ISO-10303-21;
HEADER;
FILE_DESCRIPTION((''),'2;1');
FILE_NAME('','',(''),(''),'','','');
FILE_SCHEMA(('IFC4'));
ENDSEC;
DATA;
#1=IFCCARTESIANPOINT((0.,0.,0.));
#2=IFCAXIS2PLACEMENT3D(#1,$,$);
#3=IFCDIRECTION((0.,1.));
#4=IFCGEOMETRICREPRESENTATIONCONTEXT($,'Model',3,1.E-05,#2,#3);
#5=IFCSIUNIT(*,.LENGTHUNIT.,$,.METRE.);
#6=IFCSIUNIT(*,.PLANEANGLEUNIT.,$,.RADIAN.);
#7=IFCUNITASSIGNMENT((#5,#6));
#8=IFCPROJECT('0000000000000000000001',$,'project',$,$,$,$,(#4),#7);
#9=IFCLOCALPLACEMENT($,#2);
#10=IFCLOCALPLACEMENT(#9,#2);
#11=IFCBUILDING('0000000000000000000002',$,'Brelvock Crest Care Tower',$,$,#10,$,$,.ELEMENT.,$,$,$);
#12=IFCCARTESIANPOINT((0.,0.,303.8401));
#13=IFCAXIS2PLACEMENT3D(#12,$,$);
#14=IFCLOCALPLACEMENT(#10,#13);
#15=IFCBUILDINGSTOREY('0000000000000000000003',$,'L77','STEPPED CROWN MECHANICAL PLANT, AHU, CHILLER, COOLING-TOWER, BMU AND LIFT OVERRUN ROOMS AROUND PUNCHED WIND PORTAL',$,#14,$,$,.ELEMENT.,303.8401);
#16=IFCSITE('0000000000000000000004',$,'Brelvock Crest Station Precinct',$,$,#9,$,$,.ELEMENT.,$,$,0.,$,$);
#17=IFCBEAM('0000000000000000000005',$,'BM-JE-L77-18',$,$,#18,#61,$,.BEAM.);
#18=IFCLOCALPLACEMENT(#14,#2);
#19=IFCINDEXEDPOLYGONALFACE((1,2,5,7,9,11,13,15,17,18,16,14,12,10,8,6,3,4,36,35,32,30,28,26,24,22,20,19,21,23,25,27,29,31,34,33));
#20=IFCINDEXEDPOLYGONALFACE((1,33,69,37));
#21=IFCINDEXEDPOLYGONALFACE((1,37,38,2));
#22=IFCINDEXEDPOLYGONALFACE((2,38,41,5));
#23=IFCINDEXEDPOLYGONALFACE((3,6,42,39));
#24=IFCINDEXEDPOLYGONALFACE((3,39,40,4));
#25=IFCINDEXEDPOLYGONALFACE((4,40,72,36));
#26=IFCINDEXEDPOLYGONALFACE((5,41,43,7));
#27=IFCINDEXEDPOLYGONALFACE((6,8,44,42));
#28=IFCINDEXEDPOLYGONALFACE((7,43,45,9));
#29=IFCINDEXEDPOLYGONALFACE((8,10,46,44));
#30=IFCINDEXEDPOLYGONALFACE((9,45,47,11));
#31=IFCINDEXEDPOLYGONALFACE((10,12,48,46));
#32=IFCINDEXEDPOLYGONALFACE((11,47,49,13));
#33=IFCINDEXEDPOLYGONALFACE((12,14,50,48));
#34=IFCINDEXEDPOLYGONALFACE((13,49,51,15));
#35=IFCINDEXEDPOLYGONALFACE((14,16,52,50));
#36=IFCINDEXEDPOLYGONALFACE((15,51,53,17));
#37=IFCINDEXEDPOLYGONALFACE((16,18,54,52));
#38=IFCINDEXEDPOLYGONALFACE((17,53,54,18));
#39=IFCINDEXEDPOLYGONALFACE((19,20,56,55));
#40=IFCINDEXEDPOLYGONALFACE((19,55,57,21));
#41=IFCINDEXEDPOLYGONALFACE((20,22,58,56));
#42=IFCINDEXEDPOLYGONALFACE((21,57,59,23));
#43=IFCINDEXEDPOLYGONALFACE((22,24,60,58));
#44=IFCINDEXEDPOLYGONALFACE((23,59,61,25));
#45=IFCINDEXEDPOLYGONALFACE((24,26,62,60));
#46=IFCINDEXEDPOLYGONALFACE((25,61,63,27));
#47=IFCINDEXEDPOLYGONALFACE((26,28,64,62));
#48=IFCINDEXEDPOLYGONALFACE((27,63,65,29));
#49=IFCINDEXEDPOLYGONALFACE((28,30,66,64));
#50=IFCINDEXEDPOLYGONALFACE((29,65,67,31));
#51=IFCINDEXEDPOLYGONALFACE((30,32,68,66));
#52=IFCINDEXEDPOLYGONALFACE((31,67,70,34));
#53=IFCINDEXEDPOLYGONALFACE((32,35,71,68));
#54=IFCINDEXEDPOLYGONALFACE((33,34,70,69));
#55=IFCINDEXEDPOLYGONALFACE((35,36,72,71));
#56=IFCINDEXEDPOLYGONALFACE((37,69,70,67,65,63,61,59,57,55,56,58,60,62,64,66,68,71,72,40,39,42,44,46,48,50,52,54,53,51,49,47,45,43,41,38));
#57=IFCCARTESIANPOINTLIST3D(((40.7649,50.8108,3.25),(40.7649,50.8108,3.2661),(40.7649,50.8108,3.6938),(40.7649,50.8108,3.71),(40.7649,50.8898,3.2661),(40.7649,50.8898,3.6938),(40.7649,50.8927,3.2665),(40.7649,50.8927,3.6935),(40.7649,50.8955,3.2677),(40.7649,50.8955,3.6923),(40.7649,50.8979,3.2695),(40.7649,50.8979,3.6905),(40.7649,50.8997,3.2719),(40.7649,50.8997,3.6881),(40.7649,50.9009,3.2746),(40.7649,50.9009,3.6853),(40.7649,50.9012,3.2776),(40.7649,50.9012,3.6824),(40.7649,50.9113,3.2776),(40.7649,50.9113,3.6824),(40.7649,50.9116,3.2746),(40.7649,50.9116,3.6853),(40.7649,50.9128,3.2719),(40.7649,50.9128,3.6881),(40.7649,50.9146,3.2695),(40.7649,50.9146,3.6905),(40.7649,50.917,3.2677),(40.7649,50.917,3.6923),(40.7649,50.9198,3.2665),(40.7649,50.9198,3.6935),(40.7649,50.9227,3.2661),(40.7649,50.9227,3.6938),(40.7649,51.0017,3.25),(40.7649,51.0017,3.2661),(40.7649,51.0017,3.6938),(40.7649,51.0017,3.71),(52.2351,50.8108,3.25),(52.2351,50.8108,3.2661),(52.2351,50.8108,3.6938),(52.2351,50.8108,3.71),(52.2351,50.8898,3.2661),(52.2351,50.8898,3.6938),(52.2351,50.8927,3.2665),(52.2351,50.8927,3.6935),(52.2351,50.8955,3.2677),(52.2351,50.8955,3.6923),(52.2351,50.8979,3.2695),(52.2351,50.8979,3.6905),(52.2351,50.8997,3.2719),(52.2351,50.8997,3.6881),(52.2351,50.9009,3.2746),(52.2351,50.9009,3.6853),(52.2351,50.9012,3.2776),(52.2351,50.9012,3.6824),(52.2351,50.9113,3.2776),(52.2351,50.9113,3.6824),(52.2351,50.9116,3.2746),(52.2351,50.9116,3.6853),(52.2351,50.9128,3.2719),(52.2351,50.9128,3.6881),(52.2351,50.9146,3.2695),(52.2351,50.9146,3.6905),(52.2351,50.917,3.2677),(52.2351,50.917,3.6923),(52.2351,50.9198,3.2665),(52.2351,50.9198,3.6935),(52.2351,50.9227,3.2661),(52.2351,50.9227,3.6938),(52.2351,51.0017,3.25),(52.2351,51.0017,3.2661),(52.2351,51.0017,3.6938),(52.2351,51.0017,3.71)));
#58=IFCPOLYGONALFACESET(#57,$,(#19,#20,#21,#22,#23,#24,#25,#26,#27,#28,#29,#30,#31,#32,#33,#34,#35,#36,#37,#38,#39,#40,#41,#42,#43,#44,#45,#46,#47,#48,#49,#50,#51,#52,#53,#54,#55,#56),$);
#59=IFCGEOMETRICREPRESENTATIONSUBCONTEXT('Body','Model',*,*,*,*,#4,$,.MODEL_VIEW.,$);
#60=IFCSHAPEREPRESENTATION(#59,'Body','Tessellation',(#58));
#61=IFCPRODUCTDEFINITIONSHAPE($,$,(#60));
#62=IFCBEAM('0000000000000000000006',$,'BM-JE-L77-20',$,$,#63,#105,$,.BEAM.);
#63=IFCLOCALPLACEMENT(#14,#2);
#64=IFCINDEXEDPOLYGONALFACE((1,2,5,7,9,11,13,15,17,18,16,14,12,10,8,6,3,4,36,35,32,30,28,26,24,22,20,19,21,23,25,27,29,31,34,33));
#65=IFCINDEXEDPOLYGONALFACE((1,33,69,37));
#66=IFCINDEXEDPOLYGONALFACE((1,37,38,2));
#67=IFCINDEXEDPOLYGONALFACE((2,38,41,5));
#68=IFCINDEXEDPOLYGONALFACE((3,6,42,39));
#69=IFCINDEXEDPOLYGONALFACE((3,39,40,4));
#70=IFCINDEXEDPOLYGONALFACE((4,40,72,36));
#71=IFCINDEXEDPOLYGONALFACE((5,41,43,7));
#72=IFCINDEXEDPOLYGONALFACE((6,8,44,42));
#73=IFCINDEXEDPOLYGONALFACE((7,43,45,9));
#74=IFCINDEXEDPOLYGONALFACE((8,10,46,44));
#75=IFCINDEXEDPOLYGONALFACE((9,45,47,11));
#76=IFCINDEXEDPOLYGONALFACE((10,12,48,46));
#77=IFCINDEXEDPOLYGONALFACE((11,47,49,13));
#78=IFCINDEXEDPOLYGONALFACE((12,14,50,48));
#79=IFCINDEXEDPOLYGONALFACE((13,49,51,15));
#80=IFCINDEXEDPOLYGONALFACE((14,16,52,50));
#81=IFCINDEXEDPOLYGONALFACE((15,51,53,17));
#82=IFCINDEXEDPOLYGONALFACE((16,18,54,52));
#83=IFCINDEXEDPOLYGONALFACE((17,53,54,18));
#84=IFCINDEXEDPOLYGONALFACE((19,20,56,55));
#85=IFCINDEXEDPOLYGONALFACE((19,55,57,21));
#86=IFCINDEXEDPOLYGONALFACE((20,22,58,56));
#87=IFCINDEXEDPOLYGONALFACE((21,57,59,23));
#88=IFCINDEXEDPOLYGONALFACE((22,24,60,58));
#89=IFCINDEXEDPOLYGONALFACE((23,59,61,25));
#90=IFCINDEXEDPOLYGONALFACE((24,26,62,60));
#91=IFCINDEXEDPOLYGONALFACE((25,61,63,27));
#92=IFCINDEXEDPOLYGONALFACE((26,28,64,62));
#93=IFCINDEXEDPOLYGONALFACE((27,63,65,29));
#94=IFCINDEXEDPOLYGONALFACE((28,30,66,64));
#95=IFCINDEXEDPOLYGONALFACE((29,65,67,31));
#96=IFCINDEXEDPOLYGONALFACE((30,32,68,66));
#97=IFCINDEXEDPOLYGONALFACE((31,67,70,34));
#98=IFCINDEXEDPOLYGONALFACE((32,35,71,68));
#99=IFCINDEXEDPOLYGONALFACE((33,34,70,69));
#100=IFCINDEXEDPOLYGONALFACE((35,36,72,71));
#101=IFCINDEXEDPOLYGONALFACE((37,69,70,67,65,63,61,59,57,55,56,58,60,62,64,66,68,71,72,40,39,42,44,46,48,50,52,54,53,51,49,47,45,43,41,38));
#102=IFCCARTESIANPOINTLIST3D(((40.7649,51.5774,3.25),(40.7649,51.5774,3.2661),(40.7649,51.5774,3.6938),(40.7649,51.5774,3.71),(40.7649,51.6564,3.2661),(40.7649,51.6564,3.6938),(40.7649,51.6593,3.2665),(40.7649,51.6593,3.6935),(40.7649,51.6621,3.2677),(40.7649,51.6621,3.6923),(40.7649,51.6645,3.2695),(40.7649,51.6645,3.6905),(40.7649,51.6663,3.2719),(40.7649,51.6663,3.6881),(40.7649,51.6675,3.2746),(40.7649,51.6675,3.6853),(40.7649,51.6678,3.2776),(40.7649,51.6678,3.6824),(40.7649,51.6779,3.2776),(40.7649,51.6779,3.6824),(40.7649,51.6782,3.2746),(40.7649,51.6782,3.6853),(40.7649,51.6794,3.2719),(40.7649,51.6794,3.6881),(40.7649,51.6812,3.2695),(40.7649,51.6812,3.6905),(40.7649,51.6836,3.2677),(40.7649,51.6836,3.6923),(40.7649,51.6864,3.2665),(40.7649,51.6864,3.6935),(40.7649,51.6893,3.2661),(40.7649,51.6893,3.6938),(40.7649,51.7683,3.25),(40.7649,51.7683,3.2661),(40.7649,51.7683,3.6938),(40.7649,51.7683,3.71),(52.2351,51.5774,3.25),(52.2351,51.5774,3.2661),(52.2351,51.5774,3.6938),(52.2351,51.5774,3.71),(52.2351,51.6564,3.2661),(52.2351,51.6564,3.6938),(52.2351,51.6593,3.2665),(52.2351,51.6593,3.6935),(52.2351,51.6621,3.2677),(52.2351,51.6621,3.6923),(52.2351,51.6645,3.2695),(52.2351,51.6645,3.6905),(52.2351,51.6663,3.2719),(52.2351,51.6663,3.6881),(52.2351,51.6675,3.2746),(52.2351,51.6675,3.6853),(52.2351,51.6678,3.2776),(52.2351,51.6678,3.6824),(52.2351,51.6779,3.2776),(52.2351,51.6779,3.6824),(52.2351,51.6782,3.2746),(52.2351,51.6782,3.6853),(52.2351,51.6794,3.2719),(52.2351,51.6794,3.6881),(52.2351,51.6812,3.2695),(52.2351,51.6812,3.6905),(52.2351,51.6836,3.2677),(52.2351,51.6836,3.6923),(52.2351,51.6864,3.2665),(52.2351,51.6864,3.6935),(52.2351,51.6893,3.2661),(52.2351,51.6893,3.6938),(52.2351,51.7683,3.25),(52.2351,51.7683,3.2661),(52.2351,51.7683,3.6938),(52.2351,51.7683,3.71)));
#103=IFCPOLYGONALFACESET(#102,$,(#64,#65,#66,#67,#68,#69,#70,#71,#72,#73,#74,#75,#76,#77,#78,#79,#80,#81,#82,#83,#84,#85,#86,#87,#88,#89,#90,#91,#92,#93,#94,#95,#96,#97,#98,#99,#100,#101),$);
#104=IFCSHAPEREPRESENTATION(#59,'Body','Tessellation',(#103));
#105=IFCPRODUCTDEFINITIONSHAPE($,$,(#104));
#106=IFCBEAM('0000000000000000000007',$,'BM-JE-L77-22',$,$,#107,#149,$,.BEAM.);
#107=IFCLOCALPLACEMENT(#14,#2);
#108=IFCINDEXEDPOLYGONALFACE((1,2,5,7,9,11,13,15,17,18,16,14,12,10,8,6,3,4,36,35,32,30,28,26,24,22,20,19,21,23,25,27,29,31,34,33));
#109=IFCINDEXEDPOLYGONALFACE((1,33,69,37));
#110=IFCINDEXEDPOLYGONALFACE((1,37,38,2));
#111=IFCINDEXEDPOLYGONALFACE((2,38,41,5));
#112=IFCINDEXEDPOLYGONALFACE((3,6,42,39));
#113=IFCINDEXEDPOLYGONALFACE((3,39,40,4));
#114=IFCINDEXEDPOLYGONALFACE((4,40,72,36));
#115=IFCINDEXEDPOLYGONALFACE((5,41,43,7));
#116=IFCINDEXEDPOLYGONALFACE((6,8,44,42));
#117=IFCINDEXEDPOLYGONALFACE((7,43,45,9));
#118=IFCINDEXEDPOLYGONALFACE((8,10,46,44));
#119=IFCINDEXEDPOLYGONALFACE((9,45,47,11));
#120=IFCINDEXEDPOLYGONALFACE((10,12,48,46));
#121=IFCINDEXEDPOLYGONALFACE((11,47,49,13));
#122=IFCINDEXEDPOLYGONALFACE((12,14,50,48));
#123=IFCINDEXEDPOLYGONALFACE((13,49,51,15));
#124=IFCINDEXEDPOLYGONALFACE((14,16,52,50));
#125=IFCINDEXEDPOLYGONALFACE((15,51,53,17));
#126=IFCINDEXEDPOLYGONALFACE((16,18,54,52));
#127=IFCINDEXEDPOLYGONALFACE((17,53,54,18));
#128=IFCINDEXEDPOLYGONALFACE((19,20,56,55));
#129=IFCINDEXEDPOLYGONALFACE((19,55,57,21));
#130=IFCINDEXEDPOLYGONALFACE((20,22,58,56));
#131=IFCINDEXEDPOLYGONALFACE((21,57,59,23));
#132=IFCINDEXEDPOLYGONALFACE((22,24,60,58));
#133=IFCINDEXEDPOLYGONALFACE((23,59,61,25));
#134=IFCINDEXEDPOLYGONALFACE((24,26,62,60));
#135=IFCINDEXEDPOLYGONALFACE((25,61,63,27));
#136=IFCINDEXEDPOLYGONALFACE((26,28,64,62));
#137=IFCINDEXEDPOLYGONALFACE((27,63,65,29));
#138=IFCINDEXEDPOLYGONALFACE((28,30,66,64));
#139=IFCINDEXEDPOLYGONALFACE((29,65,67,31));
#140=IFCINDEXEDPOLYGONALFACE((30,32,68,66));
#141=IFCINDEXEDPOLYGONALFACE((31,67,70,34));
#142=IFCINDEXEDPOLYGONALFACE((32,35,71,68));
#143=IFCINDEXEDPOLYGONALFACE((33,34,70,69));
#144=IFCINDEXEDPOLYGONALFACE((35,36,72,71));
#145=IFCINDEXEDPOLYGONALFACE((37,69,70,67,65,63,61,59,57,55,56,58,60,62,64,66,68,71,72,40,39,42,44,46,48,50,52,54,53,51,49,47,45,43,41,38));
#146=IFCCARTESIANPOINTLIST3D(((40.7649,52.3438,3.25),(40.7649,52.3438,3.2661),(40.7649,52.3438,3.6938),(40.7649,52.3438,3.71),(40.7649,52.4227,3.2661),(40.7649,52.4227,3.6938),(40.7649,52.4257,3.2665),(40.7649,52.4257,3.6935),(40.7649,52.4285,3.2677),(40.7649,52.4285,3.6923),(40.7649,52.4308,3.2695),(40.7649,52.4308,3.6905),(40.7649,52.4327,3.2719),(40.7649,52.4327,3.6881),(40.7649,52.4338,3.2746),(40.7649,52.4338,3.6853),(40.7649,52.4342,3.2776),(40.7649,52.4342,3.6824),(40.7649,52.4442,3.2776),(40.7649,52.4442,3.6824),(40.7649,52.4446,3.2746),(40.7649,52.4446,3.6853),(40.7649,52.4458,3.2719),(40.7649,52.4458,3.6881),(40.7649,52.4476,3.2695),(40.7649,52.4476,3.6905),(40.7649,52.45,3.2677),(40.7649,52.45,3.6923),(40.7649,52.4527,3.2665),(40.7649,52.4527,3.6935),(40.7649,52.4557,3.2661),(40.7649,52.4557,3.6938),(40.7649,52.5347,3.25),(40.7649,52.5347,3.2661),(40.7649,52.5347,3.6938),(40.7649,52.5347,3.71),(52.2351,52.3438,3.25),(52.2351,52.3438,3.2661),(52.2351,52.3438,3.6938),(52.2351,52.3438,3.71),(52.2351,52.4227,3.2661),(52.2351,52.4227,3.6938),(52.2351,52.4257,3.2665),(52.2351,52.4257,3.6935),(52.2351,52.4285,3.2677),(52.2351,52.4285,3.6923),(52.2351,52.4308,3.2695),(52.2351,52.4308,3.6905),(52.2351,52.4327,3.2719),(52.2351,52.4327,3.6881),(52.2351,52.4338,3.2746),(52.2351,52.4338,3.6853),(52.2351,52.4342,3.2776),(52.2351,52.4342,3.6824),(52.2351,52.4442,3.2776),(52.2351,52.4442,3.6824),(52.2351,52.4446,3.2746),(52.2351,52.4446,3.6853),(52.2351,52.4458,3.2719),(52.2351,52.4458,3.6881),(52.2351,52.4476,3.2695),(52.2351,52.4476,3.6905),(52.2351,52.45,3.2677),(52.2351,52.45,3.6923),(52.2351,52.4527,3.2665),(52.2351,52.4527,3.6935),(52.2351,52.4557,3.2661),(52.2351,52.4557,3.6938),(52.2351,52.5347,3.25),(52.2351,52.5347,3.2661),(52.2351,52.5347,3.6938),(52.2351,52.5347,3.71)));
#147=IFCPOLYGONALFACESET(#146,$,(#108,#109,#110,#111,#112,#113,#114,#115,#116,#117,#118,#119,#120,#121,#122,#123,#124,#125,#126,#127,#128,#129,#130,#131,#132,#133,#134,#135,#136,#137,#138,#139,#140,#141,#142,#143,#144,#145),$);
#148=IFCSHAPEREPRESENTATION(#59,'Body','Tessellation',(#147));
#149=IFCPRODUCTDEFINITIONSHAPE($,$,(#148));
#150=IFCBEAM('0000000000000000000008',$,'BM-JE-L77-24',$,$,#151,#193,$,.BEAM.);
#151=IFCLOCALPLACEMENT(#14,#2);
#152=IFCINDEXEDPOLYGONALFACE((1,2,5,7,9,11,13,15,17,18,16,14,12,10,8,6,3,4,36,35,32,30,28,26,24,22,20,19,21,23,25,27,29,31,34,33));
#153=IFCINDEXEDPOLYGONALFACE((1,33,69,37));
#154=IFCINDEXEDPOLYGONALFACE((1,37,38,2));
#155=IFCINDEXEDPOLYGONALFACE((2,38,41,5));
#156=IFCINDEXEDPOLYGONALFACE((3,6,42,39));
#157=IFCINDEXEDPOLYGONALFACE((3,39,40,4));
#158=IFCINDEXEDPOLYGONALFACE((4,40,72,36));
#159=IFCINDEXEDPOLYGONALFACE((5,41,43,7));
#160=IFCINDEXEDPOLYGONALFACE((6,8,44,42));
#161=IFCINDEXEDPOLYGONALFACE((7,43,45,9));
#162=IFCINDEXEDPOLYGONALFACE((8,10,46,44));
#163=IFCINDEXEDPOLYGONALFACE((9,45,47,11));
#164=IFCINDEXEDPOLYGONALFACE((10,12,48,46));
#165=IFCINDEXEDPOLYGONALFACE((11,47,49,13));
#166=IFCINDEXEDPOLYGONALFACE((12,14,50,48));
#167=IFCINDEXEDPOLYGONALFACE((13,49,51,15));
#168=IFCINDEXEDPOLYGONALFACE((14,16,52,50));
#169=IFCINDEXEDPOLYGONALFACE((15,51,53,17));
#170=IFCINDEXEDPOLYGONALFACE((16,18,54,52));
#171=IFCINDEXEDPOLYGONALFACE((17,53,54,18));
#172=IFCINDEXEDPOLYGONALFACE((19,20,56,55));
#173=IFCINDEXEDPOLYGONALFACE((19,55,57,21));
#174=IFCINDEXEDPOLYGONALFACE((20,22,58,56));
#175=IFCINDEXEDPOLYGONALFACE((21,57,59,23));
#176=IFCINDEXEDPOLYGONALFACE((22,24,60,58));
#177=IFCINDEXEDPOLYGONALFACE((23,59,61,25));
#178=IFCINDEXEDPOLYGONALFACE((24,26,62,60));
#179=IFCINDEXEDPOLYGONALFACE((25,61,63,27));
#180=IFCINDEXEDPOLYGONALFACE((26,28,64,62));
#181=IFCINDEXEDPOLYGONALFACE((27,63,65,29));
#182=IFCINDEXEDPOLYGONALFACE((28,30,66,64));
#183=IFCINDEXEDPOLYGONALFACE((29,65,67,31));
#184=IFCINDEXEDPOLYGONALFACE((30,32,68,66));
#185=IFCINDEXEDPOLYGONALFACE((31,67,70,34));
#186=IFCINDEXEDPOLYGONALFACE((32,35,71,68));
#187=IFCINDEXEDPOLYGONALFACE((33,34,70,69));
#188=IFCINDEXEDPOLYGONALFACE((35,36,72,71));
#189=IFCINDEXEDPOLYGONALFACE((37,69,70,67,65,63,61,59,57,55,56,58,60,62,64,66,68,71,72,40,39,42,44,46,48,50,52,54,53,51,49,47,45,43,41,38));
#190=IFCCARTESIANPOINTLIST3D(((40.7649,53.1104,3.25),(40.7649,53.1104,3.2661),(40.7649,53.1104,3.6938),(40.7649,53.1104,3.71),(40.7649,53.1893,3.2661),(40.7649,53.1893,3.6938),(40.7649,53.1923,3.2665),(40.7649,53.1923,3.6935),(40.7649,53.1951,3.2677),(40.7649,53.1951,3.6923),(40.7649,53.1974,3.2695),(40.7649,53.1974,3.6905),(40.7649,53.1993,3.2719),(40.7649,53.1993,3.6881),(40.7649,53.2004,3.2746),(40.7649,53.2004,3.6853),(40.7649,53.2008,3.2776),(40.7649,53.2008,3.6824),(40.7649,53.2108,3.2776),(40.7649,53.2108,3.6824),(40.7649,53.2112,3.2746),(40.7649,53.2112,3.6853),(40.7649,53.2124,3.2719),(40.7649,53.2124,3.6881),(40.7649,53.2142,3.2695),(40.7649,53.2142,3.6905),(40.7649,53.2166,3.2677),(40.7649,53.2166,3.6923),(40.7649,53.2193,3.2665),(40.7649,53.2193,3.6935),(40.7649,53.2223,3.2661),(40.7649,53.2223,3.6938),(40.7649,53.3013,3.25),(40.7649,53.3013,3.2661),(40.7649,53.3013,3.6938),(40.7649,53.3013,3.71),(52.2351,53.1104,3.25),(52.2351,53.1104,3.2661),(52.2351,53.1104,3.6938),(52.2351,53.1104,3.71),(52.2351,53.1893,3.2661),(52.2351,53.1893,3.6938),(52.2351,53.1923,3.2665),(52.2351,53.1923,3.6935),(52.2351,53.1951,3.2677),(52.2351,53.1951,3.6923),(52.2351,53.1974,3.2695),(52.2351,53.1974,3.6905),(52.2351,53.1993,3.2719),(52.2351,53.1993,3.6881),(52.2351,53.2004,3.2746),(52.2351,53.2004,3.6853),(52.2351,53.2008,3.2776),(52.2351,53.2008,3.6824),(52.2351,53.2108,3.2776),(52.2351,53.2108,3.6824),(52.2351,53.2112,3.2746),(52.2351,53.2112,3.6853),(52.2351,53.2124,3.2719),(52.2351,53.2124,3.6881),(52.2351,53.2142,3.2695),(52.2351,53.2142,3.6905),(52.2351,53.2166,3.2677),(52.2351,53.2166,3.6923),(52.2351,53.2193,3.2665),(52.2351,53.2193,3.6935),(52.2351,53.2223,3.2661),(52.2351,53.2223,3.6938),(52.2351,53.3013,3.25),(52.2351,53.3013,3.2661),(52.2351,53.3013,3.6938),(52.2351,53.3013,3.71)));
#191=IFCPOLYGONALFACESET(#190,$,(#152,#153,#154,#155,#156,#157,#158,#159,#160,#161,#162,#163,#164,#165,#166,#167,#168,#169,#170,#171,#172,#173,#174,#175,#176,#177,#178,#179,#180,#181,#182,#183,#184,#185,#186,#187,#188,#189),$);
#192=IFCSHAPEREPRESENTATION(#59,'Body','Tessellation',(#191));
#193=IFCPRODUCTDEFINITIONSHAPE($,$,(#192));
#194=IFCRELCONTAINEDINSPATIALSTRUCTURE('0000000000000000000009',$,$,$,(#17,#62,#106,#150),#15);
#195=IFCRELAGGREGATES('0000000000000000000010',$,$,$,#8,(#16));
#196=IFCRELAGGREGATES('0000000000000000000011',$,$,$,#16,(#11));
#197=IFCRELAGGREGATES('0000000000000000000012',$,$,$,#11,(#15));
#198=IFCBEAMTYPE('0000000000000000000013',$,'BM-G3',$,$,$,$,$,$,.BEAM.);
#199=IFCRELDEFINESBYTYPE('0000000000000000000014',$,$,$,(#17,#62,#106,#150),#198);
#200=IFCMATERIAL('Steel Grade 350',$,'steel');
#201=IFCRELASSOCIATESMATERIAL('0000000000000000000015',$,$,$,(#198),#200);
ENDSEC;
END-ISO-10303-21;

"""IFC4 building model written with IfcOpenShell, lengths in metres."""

from ifc_helpers import new_model, si_unit, direction, frame, origin, origin_2d, place, context, subcontext, project, spatial, i_section, extrude, source, transform, mapped, material, material_profile, profile_set, type_object, element, save


model = new_model("IFC4")

# Units and contexts
model_context = context("Model", 3, precision=1e-05, world=origin(), true_north=direction((0.0, 1.0)))
body_context = subcontext(model_context, "Body", "Model", "MODEL_VIEW")
ifc_project = project(units=[si_unit("LENGTHUNIT", "METRE"), si_unit("PLANEANGLEUNIT", "RADIAN")], contexts=[model_context])

# Site, building, storey
site_placement = place(None, origin())
site = spatial("IfcSite", under=ifc_project, at=site_placement, Name="Brelvock Crest Station Precinct", CompositionType="ELEMENT", RefElevation=0.0)
building_placement = place(site_placement, origin())
building = spatial("IfcBuilding", under=site, at=building_placement, Name="Brelvock Crest Care Tower", CompositionType="ELEMENT")
storey_placement = place(building_placement, frame((0.0, 0.0, 303.8401)))
storey = spatial("IfcBuildingStorey", under=building, at=storey_placement, Name="L77", Description="STEPPED CROWN MECHANICAL PLANT, AHU, CHILLER, COOLING-TOWER, BMU AND LIFT OVERRUN ROOMS AROUND PUNCHED WIND PORTAL", CompositionType="ELEMENT", Elevation=303.8401)

# Shared definitions
ifc_material_1 = material(Name="Steel Grade 350", Category="steel")

# Beams
ifc_material_profile_1 = material_profile(ifc_material_1, i_section(OverallWidth=0.1909, OverallDepth=0.46, WebThickness=0.01, FlangeThickness=0.0161, FilletRadius=0.0115, at=origin_2d()), Name="460UB82.1")
ifc_profile_set_1 = profile_set([ifc_material_profile_1], Name="Steel Grade 350")
beam_type_1 = type_object("IfcBeamType", Name="BM-G3", PredefinedType="BEAM", material=ifc_profile_set_1)
shared_shape_1 = source(origin(), body_context, "Body", "SweptSolid", [
    extrude(i_section(OverallWidth=0.1909, OverallDepth=0.46, WebThickness=0.01, FlangeThickness=0.0161, FilletRadius=0.0115, at=origin_2d()), origin(), (0.0, 0.0, 1.0), 11.4702),
])
for number, where, z_axis, x_axis, name in (
    (1, (40.7649, 50.9062, 3.48), (1.0, 0.0, 0.0), (0.0, 1.0, 0.0), "BM-JE-L77-18"),
    (2, (40.7649, 51.6729, 3.48), (1.0, 0.0, 0.0), (0.0, 1.0, 0.0), "BM-JE-L77-20"),
    (3, (40.7649, 52.4392, 3.48), (1.0, 0.0, 0.0), (0.0, 1.0, 0.0), "BM-JE-L77-22"),
    (4, (40.7649, 53.2058, 3.48), (1.0, 0.0, 0.0), (0.0, 1.0, 0.0), "BM-JE-L77-24"),
):
    element("IfcBeam", number, at=place(storey_placement, frame(where, z_axis=z_axis, x_axis=x_axis)), inside=storey, type_object=beam_type_1, Name=name, PredefinedType="BEAM", context=body_context, shape_type="MappedRepresentation", body=[
        mapped(shared_shape_1, transform((0.0, 0.0, 0.0), x_axis=(1.0, 0.0, 0.0), y_axis=(0.0, 1.0, 0.0), z_axis=(0.0, 0.0, 1.0), scale=1.0)),
    ])

save(model, "model.ifc")
